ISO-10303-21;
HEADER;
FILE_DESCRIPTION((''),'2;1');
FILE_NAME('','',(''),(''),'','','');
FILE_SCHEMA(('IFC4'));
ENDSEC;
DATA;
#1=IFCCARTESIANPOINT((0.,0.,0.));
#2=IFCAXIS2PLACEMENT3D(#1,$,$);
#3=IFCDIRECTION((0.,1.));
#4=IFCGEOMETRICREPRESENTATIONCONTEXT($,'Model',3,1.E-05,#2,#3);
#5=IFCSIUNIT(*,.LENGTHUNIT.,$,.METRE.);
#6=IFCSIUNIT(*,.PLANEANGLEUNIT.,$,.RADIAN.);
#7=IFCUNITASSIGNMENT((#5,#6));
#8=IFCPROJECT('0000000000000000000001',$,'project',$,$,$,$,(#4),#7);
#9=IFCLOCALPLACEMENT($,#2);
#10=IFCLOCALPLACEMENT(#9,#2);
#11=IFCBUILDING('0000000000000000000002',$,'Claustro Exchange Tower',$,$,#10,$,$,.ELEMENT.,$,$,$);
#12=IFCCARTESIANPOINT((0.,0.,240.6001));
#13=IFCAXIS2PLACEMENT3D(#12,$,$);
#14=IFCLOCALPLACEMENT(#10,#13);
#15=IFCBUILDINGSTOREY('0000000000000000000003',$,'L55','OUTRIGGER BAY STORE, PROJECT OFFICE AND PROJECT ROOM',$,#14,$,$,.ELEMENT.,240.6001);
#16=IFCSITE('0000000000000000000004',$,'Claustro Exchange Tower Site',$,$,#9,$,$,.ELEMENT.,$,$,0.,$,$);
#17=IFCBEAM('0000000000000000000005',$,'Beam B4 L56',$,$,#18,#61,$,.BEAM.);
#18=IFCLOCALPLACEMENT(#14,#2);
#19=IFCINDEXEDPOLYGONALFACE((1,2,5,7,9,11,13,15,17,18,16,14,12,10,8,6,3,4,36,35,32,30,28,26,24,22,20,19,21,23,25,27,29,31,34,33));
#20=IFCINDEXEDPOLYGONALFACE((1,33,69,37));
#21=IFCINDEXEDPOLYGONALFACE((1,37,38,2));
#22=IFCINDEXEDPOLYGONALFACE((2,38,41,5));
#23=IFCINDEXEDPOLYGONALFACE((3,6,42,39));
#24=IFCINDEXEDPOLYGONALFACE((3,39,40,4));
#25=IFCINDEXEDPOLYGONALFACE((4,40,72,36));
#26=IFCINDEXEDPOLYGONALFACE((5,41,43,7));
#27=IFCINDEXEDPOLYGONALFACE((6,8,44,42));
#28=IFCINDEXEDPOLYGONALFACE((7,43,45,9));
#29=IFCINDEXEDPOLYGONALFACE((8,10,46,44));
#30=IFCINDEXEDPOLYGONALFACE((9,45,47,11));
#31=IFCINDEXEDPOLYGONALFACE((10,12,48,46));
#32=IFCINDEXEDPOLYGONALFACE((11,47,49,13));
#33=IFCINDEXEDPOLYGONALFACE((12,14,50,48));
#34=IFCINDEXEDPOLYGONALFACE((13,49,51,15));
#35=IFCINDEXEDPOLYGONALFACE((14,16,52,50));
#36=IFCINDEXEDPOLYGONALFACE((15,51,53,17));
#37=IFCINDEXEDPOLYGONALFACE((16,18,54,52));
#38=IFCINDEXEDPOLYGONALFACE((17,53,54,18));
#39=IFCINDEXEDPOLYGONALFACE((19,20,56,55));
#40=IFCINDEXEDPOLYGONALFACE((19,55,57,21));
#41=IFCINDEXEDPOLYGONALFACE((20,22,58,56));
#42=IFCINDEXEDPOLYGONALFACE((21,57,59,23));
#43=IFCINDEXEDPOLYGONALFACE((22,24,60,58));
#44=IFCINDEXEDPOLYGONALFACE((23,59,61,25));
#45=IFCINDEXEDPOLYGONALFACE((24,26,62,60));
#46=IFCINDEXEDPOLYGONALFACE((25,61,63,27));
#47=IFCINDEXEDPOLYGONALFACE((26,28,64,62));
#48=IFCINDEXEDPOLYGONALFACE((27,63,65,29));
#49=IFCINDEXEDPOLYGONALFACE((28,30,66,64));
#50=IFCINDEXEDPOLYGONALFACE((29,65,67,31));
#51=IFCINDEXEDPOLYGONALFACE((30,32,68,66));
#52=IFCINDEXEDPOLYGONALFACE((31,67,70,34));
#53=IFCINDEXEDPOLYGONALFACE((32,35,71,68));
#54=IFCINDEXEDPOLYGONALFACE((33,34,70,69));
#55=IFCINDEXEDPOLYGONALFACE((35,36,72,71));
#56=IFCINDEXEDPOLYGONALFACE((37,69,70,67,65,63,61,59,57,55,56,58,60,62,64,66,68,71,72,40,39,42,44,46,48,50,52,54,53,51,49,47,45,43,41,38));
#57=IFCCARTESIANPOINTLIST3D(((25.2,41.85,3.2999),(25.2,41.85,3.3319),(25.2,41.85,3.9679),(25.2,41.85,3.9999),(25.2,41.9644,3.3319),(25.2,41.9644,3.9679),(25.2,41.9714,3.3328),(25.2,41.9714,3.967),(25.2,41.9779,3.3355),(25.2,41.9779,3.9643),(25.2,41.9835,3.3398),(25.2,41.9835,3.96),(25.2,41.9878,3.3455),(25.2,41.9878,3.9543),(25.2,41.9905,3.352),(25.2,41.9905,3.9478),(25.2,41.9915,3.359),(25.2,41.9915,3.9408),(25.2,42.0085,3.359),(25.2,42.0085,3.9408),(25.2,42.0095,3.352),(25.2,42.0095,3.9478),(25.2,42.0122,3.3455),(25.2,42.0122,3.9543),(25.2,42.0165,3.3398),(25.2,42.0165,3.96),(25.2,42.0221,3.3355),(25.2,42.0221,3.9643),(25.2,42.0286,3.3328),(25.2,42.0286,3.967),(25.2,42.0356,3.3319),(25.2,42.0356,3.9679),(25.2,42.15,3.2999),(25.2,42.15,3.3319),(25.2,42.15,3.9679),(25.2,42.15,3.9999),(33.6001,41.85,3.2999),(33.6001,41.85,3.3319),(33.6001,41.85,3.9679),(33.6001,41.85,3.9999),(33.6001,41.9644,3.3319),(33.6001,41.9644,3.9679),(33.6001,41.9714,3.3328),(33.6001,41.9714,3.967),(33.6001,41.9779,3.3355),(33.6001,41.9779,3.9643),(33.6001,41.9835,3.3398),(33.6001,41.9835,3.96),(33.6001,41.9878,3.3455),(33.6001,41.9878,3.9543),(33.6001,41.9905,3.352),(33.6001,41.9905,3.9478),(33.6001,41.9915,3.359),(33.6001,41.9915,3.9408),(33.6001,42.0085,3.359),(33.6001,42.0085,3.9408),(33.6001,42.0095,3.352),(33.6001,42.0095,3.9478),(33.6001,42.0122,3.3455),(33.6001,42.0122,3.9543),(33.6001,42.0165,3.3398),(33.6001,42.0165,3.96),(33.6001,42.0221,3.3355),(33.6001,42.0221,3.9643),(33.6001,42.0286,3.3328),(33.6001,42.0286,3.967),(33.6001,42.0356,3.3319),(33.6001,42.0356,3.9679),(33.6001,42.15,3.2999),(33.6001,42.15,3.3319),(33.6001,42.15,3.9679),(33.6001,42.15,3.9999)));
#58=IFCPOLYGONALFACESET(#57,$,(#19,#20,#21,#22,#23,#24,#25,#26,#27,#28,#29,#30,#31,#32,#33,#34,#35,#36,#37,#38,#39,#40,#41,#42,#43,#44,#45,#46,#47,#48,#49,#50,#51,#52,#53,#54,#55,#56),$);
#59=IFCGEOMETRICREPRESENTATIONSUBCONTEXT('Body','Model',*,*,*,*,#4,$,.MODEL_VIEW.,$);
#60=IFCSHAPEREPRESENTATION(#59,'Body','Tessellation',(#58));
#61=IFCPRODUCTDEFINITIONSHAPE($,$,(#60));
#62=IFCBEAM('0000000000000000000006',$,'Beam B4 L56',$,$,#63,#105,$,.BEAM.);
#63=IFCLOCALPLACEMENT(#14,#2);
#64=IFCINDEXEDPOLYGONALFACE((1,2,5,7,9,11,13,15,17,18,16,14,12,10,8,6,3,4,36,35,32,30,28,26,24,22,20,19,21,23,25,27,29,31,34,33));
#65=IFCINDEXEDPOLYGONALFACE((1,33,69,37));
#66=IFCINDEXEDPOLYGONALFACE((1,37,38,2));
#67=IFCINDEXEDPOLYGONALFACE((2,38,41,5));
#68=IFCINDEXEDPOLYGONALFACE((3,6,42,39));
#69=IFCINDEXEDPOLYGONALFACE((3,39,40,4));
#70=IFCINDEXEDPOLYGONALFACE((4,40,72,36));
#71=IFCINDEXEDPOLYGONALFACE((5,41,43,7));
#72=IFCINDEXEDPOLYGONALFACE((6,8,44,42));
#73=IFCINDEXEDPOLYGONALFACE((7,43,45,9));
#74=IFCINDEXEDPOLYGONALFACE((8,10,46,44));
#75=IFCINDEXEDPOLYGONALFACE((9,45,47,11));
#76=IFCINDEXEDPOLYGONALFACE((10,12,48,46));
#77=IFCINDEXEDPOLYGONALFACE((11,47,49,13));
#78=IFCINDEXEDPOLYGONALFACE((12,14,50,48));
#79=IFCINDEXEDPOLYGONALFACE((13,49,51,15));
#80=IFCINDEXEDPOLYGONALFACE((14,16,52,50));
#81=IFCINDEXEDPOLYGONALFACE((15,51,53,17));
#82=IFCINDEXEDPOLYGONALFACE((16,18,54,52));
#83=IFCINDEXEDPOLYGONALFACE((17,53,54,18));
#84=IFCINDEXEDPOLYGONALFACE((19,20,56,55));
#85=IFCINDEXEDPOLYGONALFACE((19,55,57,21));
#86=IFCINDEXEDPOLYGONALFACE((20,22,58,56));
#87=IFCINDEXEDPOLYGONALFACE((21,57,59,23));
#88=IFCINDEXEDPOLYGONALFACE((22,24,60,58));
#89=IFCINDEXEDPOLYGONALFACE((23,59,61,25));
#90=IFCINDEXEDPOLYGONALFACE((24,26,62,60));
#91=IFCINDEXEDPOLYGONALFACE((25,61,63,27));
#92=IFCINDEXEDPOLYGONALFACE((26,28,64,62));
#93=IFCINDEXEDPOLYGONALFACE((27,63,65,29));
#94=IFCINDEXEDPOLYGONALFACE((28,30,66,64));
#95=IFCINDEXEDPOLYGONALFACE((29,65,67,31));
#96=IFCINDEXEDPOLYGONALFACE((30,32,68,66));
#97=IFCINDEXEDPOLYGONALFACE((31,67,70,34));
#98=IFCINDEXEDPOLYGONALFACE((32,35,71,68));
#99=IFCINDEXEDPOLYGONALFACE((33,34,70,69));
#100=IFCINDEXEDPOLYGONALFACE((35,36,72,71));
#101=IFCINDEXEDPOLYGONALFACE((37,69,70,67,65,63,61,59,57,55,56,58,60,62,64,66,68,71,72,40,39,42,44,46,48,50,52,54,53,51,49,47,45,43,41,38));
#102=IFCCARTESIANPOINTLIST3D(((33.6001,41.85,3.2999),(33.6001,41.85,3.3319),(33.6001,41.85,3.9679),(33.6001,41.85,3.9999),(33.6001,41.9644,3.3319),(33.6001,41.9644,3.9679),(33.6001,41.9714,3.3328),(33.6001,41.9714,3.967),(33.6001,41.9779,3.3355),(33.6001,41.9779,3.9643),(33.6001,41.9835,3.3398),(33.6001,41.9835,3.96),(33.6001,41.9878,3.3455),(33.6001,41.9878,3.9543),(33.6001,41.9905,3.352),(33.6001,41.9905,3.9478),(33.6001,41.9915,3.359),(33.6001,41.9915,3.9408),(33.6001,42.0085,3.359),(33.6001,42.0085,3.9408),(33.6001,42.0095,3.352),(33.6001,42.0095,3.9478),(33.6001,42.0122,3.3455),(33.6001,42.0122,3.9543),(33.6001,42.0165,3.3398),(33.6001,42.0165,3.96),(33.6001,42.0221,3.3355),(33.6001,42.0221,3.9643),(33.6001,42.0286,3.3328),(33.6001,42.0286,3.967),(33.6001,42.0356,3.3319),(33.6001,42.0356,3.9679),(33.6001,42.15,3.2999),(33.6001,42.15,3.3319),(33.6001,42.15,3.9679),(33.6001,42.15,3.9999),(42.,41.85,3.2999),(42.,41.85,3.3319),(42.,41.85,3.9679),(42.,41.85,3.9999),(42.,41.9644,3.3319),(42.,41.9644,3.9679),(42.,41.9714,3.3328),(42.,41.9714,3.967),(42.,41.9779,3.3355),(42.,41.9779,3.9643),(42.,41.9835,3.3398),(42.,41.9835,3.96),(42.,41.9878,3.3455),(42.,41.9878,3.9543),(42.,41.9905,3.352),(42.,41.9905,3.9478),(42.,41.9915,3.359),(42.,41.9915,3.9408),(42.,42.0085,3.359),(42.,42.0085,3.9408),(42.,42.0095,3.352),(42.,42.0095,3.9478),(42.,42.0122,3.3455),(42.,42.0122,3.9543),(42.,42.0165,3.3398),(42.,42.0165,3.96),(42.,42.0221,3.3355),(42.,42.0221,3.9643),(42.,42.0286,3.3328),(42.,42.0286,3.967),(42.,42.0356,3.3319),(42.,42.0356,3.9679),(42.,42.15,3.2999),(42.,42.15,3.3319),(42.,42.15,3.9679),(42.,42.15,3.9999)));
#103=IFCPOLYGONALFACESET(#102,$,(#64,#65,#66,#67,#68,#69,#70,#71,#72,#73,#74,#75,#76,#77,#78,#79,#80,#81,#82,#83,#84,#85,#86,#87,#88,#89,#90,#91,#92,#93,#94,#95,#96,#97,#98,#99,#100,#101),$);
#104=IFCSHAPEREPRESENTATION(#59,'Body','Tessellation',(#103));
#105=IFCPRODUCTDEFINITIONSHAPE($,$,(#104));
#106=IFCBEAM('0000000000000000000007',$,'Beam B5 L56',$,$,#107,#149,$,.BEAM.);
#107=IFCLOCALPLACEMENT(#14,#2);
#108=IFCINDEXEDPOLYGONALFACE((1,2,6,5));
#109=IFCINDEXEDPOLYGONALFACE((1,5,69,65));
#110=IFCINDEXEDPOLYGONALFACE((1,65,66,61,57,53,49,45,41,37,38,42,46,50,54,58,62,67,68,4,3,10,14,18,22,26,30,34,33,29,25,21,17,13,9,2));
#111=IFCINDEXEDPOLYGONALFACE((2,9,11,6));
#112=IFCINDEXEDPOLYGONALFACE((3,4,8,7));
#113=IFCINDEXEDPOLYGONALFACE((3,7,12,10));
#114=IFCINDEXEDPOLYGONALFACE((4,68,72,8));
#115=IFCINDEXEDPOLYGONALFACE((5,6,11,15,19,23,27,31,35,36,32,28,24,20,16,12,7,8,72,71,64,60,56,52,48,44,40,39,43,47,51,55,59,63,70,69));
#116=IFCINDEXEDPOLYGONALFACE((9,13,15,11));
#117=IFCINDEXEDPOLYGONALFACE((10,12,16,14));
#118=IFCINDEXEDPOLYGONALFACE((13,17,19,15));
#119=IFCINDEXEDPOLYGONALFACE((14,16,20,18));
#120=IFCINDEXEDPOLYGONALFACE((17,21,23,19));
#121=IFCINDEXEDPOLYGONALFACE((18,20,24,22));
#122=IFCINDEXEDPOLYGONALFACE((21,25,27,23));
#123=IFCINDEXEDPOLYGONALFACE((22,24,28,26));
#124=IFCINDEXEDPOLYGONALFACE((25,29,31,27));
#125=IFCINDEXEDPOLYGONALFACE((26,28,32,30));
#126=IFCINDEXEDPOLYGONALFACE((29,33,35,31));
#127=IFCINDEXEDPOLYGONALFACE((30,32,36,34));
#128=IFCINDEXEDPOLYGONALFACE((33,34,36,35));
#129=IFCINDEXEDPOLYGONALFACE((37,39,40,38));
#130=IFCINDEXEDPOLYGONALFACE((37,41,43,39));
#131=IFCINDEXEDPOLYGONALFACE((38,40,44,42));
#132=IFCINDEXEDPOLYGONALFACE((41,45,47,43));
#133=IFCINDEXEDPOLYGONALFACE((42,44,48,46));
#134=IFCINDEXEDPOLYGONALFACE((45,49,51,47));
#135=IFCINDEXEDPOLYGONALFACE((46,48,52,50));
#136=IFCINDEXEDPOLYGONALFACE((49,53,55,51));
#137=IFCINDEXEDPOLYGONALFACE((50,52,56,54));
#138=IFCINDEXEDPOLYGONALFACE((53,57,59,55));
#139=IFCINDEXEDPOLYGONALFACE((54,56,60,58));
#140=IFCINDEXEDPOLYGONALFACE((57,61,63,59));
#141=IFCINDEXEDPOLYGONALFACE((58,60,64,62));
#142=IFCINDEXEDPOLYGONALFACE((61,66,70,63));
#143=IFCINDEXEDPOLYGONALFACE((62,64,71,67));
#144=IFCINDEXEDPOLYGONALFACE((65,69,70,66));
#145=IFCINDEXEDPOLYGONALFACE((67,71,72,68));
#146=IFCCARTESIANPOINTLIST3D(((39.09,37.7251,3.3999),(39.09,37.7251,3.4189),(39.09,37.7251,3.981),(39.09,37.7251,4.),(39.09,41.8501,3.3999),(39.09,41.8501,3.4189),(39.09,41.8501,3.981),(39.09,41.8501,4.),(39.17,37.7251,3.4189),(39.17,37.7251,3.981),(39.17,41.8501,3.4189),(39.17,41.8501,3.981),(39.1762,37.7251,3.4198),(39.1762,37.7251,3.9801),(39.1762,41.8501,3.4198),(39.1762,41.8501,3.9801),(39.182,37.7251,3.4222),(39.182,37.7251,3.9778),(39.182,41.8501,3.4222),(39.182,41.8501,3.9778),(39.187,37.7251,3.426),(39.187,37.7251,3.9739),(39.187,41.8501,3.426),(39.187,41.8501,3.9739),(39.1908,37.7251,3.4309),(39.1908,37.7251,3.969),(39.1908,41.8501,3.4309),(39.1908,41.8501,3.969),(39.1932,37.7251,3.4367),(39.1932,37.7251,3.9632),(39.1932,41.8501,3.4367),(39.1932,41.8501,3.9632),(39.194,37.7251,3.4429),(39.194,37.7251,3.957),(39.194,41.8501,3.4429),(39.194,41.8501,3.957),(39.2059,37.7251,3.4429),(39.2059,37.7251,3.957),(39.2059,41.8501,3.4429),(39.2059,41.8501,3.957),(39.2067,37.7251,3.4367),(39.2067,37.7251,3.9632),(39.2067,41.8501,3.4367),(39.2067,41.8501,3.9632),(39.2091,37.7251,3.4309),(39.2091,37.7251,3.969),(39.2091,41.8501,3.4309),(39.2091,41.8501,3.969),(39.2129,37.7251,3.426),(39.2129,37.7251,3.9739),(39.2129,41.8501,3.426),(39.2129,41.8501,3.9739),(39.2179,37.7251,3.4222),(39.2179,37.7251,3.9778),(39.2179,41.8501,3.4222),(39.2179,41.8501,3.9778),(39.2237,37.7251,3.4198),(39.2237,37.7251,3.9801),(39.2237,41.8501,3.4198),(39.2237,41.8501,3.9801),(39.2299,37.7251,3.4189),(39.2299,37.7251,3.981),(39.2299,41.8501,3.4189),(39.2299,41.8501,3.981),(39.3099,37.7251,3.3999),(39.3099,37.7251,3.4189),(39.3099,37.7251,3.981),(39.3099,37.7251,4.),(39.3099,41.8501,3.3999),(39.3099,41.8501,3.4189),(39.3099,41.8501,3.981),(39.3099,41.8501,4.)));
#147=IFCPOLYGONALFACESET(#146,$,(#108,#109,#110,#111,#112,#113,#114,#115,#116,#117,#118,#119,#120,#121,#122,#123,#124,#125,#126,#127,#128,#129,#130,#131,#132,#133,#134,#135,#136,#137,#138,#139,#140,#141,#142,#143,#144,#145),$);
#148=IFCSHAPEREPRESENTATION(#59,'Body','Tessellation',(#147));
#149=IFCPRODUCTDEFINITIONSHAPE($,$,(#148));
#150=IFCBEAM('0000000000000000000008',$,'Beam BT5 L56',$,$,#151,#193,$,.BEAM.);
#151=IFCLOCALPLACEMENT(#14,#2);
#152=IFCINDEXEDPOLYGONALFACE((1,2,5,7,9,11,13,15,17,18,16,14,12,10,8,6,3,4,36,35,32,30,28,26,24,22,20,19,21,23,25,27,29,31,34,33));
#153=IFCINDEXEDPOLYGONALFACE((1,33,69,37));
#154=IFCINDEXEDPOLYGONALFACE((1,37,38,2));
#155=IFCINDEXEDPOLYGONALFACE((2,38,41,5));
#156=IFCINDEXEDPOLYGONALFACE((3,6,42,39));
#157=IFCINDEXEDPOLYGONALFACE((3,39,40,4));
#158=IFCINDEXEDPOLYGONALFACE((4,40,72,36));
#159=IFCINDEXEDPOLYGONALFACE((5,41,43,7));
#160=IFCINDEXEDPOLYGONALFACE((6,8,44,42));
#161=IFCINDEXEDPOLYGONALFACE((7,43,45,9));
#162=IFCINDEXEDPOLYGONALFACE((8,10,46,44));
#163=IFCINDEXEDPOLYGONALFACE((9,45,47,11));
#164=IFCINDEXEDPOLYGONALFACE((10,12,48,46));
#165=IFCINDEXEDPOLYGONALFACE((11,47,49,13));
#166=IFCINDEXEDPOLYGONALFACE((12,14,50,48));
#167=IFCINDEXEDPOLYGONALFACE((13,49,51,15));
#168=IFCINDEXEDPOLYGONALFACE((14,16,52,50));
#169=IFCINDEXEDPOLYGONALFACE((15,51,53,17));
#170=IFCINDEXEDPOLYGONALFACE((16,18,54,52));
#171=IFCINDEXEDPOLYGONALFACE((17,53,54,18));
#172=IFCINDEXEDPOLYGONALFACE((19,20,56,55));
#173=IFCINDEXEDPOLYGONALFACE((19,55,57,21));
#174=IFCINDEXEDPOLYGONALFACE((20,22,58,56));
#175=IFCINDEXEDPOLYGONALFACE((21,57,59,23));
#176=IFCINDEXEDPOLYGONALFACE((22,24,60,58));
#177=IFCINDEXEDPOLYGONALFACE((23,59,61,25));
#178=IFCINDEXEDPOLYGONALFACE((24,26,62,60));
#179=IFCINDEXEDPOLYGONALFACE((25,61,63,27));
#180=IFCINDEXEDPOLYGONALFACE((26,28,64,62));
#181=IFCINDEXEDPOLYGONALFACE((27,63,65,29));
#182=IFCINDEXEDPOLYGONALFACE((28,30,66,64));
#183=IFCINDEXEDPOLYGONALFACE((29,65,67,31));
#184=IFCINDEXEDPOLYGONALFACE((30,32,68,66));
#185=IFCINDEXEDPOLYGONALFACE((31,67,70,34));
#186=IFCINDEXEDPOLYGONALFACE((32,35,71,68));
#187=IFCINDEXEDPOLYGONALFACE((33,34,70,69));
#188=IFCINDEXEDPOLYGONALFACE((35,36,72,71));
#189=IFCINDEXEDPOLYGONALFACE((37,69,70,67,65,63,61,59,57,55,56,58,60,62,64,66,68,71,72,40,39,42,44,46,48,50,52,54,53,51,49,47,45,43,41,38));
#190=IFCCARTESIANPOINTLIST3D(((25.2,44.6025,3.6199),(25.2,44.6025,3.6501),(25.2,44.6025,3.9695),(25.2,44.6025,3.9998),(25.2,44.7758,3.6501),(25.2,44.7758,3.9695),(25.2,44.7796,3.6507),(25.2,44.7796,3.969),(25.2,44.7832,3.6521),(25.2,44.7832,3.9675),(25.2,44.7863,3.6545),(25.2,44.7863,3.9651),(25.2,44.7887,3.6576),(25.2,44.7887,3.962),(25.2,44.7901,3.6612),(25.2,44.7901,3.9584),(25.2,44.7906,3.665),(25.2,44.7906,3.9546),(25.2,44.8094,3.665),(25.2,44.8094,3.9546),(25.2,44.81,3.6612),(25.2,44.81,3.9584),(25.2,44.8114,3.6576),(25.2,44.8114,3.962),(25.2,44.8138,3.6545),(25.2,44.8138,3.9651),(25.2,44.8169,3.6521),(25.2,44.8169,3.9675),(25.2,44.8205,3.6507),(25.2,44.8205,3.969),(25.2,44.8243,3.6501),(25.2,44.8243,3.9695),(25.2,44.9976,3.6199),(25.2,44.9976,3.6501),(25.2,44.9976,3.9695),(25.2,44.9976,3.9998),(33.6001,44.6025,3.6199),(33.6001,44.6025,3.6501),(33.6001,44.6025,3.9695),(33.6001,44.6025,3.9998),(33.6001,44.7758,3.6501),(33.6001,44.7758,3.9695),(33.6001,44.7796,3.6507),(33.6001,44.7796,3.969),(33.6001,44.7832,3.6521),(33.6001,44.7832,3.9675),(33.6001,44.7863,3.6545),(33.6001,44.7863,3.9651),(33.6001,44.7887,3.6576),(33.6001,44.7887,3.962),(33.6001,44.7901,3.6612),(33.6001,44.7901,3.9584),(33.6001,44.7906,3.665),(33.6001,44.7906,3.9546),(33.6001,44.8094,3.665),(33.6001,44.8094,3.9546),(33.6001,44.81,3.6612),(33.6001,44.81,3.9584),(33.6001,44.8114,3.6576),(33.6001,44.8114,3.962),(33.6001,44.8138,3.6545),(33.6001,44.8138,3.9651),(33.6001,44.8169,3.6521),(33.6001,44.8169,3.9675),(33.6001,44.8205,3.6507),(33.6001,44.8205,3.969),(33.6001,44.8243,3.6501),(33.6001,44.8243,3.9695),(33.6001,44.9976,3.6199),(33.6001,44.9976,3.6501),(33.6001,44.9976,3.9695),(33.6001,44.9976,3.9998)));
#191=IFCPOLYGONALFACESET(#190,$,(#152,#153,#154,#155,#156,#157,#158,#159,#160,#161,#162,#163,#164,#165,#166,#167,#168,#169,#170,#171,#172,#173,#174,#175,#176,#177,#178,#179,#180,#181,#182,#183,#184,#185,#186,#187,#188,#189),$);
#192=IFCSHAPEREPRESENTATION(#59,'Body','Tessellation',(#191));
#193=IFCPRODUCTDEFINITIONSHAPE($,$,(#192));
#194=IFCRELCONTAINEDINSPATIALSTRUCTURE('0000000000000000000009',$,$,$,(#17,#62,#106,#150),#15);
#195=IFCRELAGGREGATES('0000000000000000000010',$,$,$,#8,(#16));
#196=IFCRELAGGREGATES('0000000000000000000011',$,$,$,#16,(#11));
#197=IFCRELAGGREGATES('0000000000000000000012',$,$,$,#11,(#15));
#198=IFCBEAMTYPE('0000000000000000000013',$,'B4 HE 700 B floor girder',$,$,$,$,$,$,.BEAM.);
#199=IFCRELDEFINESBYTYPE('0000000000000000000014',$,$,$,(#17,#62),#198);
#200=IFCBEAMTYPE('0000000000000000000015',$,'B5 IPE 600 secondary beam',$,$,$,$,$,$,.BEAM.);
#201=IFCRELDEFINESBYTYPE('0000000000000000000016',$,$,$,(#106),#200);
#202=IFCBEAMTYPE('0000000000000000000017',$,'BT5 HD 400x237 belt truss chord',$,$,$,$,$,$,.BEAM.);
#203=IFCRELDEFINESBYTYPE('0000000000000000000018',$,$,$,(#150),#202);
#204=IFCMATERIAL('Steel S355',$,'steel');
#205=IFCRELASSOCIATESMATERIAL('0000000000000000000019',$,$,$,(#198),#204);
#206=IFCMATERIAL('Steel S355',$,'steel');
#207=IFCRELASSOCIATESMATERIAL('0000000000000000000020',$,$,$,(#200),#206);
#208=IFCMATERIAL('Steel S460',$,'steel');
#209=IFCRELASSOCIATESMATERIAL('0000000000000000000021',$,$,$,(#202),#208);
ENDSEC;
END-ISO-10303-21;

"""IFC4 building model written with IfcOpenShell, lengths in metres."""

from ifc_helpers import new_model, si_unit, direction, frame, origin, origin_2d, place, context, subcontext, project, spatial, i_section, extrude, material, material_profile, profile_set, type_object, element, save


model = new_model("IFC4")

# Units and contexts
model_context = context("Model", 3, precision=1e-05, world=origin(), true_north=direction((0.0, 1.0)))
body_context = subcontext(model_context, "Body", "Model", "MODEL_VIEW")
ifc_project = project(units=[si_unit("LENGTHUNIT", "METRE"), si_unit("PLANEANGLEUNIT", "RADIAN")], contexts=[model_context])

# Site, building, storey
site_placement = place(None, origin())
site = spatial("IfcSite", under=ifc_project, at=site_placement, Name="Claustro Exchange Tower Site", CompositionType="ELEMENT", RefElevation=0.0)
building_placement = place(site_placement, origin())
building = spatial("IfcBuilding", under=site, at=building_placement, Name="Claustro Exchange Tower", CompositionType="ELEMENT")
storey_placement = place(building_placement, frame((0.0, 0.0, 240.6001)))
storey = spatial("IfcBuildingStorey", under=building, at=storey_placement, Name="L55", Description="OUTRIGGER BAY STORE, PROJECT OFFICE AND PROJECT ROOM", CompositionType="ELEMENT", Elevation=240.6001)

# Beams
ifc_material_1 = material(Name="Steel S355", Category="steel")
ifc_material_profile_1 = material_profile(ifc_material_1, i_section(OverallWidth=0.3, OverallDepth=0.7, WebThickness=0.0171, FlangeThickness=0.032, FilletRadius=0.0271, at=origin_2d()), Name="HE 700 B")
ifc_profile_set_1 = profile_set([ifc_material_profile_1], Name="Steel S355")
beam_type_1 = type_object("IfcBeamType", Name="B4 HE 700 B floor girder", PredefinedType="BEAM", material=ifc_profile_set_1)
beam_1_placement = place(storey_placement, frame((25.2, 42.0, 3.6499), z_axis=(1.0, 0.0, 0.0), x_axis=(0.0, 1.0, 0.0)))
element("IfcBeam", 1, at=beam_1_placement, inside=storey, type_object=beam_type_1, Name="Beam B4 L56", PredefinedType="BEAM", context=body_context, shape_type="SweptSolid", body=[
    extrude(i_section(OverallWidth=0.3, OverallDepth=0.7, WebThickness=0.0171, FlangeThickness=0.032, FilletRadius=0.0271, at=origin_2d()), origin(), (0.0, 0.0, 1.0), 8.4001),
])
beam_2_placement = place(storey_placement, frame((33.6001, 42.0, 3.6499), z_axis=(1.0, 0.0, 0.0), x_axis=(0.0, 1.0, 0.0)))
element("IfcBeam", 2, at=beam_2_placement, inside=storey, type_object=beam_type_1, Name="Beam B4 L56", PredefinedType="BEAM", context=body_context, shape_type="SweptSolid", body=[
    extrude(i_section(OverallWidth=0.3, OverallDepth=0.7, WebThickness=0.0171, FlangeThickness=0.032, FilletRadius=0.0271, at=origin_2d()), origin(), (0.0, 0.0, 1.0), 8.3999),
])
ifc_material_2 = material(Name="Steel S355", Category="steel")
ifc_material_profile_2 = material_profile(ifc_material_2, i_section(OverallWidth=0.22, OverallDepth=0.6001, WebThickness=0.012, FlangeThickness=0.019, FilletRadius=0.0239, at=origin_2d()), Name="IPE 600")
ifc_profile_set_2 = profile_set([ifc_material_profile_2], Name="Steel S355")
beam_type_2 = type_object("IfcBeamType", Name="B5 IPE 600 secondary beam", PredefinedType="BEAM", material=ifc_profile_set_2)
beam_3_placement = place(storey_placement, frame((39.2, 37.7251, 3.7), z_axis=(0.0, 1.0, 0.0), x_axis=(-1.0, 0.0, 0.0)))
element("IfcBeam", 3, at=beam_3_placement, inside=storey, type_object=beam_type_2, Name="Beam B5 L56", PredefinedType="BEAM", context=body_context, shape_type="SweptSolid", body=[
    extrude(i_section(OverallWidth=0.22, OverallDepth=0.6001, WebThickness=0.012, FlangeThickness=0.019, FilletRadius=0.0239, at=origin_2d()), origin(), (0.0, 0.0, 1.0), 4.125),
])
ifc_material_3 = material(Name="Steel S460", Category="steel")
ifc_material_profile_3 = material_profile(ifc_material_3, i_section(OverallWidth=0.395, OverallDepth=0.3799, WebThickness=0.0188, FlangeThickness=0.0303, FilletRadius=0.0149, at=origin_2d()), Name="HD 400x237")
ifc_profile_set_3 = profile_set([ifc_material_profile_3], Name="Steel S460")
beam_type_3 = type_object("IfcBeamType", Name="BT5 HD 400x237 belt truss chord", PredefinedType="BEAM", material=ifc_profile_set_3)
beam_4_placement = place(storey_placement, frame((25.2, 44.8, 3.8098), z_axis=(1.0, 0.0, 0.0), x_axis=(0.0, 1.0, 0.0)))
element("IfcBeam", 4, at=beam_4_placement, inside=storey, type_object=beam_type_3, Name="Beam BT5 L56", PredefinedType="BEAM", context=body_context, shape_type="SweptSolid", body=[
    extrude(i_section(OverallWidth=0.395, OverallDepth=0.3799, WebThickness=0.0188, FlangeThickness=0.0303, FilletRadius=0.0149, at=origin_2d()), origin(), (0.0, 0.0, 1.0), 8.4001),
])

save(model, "model.ifc")
